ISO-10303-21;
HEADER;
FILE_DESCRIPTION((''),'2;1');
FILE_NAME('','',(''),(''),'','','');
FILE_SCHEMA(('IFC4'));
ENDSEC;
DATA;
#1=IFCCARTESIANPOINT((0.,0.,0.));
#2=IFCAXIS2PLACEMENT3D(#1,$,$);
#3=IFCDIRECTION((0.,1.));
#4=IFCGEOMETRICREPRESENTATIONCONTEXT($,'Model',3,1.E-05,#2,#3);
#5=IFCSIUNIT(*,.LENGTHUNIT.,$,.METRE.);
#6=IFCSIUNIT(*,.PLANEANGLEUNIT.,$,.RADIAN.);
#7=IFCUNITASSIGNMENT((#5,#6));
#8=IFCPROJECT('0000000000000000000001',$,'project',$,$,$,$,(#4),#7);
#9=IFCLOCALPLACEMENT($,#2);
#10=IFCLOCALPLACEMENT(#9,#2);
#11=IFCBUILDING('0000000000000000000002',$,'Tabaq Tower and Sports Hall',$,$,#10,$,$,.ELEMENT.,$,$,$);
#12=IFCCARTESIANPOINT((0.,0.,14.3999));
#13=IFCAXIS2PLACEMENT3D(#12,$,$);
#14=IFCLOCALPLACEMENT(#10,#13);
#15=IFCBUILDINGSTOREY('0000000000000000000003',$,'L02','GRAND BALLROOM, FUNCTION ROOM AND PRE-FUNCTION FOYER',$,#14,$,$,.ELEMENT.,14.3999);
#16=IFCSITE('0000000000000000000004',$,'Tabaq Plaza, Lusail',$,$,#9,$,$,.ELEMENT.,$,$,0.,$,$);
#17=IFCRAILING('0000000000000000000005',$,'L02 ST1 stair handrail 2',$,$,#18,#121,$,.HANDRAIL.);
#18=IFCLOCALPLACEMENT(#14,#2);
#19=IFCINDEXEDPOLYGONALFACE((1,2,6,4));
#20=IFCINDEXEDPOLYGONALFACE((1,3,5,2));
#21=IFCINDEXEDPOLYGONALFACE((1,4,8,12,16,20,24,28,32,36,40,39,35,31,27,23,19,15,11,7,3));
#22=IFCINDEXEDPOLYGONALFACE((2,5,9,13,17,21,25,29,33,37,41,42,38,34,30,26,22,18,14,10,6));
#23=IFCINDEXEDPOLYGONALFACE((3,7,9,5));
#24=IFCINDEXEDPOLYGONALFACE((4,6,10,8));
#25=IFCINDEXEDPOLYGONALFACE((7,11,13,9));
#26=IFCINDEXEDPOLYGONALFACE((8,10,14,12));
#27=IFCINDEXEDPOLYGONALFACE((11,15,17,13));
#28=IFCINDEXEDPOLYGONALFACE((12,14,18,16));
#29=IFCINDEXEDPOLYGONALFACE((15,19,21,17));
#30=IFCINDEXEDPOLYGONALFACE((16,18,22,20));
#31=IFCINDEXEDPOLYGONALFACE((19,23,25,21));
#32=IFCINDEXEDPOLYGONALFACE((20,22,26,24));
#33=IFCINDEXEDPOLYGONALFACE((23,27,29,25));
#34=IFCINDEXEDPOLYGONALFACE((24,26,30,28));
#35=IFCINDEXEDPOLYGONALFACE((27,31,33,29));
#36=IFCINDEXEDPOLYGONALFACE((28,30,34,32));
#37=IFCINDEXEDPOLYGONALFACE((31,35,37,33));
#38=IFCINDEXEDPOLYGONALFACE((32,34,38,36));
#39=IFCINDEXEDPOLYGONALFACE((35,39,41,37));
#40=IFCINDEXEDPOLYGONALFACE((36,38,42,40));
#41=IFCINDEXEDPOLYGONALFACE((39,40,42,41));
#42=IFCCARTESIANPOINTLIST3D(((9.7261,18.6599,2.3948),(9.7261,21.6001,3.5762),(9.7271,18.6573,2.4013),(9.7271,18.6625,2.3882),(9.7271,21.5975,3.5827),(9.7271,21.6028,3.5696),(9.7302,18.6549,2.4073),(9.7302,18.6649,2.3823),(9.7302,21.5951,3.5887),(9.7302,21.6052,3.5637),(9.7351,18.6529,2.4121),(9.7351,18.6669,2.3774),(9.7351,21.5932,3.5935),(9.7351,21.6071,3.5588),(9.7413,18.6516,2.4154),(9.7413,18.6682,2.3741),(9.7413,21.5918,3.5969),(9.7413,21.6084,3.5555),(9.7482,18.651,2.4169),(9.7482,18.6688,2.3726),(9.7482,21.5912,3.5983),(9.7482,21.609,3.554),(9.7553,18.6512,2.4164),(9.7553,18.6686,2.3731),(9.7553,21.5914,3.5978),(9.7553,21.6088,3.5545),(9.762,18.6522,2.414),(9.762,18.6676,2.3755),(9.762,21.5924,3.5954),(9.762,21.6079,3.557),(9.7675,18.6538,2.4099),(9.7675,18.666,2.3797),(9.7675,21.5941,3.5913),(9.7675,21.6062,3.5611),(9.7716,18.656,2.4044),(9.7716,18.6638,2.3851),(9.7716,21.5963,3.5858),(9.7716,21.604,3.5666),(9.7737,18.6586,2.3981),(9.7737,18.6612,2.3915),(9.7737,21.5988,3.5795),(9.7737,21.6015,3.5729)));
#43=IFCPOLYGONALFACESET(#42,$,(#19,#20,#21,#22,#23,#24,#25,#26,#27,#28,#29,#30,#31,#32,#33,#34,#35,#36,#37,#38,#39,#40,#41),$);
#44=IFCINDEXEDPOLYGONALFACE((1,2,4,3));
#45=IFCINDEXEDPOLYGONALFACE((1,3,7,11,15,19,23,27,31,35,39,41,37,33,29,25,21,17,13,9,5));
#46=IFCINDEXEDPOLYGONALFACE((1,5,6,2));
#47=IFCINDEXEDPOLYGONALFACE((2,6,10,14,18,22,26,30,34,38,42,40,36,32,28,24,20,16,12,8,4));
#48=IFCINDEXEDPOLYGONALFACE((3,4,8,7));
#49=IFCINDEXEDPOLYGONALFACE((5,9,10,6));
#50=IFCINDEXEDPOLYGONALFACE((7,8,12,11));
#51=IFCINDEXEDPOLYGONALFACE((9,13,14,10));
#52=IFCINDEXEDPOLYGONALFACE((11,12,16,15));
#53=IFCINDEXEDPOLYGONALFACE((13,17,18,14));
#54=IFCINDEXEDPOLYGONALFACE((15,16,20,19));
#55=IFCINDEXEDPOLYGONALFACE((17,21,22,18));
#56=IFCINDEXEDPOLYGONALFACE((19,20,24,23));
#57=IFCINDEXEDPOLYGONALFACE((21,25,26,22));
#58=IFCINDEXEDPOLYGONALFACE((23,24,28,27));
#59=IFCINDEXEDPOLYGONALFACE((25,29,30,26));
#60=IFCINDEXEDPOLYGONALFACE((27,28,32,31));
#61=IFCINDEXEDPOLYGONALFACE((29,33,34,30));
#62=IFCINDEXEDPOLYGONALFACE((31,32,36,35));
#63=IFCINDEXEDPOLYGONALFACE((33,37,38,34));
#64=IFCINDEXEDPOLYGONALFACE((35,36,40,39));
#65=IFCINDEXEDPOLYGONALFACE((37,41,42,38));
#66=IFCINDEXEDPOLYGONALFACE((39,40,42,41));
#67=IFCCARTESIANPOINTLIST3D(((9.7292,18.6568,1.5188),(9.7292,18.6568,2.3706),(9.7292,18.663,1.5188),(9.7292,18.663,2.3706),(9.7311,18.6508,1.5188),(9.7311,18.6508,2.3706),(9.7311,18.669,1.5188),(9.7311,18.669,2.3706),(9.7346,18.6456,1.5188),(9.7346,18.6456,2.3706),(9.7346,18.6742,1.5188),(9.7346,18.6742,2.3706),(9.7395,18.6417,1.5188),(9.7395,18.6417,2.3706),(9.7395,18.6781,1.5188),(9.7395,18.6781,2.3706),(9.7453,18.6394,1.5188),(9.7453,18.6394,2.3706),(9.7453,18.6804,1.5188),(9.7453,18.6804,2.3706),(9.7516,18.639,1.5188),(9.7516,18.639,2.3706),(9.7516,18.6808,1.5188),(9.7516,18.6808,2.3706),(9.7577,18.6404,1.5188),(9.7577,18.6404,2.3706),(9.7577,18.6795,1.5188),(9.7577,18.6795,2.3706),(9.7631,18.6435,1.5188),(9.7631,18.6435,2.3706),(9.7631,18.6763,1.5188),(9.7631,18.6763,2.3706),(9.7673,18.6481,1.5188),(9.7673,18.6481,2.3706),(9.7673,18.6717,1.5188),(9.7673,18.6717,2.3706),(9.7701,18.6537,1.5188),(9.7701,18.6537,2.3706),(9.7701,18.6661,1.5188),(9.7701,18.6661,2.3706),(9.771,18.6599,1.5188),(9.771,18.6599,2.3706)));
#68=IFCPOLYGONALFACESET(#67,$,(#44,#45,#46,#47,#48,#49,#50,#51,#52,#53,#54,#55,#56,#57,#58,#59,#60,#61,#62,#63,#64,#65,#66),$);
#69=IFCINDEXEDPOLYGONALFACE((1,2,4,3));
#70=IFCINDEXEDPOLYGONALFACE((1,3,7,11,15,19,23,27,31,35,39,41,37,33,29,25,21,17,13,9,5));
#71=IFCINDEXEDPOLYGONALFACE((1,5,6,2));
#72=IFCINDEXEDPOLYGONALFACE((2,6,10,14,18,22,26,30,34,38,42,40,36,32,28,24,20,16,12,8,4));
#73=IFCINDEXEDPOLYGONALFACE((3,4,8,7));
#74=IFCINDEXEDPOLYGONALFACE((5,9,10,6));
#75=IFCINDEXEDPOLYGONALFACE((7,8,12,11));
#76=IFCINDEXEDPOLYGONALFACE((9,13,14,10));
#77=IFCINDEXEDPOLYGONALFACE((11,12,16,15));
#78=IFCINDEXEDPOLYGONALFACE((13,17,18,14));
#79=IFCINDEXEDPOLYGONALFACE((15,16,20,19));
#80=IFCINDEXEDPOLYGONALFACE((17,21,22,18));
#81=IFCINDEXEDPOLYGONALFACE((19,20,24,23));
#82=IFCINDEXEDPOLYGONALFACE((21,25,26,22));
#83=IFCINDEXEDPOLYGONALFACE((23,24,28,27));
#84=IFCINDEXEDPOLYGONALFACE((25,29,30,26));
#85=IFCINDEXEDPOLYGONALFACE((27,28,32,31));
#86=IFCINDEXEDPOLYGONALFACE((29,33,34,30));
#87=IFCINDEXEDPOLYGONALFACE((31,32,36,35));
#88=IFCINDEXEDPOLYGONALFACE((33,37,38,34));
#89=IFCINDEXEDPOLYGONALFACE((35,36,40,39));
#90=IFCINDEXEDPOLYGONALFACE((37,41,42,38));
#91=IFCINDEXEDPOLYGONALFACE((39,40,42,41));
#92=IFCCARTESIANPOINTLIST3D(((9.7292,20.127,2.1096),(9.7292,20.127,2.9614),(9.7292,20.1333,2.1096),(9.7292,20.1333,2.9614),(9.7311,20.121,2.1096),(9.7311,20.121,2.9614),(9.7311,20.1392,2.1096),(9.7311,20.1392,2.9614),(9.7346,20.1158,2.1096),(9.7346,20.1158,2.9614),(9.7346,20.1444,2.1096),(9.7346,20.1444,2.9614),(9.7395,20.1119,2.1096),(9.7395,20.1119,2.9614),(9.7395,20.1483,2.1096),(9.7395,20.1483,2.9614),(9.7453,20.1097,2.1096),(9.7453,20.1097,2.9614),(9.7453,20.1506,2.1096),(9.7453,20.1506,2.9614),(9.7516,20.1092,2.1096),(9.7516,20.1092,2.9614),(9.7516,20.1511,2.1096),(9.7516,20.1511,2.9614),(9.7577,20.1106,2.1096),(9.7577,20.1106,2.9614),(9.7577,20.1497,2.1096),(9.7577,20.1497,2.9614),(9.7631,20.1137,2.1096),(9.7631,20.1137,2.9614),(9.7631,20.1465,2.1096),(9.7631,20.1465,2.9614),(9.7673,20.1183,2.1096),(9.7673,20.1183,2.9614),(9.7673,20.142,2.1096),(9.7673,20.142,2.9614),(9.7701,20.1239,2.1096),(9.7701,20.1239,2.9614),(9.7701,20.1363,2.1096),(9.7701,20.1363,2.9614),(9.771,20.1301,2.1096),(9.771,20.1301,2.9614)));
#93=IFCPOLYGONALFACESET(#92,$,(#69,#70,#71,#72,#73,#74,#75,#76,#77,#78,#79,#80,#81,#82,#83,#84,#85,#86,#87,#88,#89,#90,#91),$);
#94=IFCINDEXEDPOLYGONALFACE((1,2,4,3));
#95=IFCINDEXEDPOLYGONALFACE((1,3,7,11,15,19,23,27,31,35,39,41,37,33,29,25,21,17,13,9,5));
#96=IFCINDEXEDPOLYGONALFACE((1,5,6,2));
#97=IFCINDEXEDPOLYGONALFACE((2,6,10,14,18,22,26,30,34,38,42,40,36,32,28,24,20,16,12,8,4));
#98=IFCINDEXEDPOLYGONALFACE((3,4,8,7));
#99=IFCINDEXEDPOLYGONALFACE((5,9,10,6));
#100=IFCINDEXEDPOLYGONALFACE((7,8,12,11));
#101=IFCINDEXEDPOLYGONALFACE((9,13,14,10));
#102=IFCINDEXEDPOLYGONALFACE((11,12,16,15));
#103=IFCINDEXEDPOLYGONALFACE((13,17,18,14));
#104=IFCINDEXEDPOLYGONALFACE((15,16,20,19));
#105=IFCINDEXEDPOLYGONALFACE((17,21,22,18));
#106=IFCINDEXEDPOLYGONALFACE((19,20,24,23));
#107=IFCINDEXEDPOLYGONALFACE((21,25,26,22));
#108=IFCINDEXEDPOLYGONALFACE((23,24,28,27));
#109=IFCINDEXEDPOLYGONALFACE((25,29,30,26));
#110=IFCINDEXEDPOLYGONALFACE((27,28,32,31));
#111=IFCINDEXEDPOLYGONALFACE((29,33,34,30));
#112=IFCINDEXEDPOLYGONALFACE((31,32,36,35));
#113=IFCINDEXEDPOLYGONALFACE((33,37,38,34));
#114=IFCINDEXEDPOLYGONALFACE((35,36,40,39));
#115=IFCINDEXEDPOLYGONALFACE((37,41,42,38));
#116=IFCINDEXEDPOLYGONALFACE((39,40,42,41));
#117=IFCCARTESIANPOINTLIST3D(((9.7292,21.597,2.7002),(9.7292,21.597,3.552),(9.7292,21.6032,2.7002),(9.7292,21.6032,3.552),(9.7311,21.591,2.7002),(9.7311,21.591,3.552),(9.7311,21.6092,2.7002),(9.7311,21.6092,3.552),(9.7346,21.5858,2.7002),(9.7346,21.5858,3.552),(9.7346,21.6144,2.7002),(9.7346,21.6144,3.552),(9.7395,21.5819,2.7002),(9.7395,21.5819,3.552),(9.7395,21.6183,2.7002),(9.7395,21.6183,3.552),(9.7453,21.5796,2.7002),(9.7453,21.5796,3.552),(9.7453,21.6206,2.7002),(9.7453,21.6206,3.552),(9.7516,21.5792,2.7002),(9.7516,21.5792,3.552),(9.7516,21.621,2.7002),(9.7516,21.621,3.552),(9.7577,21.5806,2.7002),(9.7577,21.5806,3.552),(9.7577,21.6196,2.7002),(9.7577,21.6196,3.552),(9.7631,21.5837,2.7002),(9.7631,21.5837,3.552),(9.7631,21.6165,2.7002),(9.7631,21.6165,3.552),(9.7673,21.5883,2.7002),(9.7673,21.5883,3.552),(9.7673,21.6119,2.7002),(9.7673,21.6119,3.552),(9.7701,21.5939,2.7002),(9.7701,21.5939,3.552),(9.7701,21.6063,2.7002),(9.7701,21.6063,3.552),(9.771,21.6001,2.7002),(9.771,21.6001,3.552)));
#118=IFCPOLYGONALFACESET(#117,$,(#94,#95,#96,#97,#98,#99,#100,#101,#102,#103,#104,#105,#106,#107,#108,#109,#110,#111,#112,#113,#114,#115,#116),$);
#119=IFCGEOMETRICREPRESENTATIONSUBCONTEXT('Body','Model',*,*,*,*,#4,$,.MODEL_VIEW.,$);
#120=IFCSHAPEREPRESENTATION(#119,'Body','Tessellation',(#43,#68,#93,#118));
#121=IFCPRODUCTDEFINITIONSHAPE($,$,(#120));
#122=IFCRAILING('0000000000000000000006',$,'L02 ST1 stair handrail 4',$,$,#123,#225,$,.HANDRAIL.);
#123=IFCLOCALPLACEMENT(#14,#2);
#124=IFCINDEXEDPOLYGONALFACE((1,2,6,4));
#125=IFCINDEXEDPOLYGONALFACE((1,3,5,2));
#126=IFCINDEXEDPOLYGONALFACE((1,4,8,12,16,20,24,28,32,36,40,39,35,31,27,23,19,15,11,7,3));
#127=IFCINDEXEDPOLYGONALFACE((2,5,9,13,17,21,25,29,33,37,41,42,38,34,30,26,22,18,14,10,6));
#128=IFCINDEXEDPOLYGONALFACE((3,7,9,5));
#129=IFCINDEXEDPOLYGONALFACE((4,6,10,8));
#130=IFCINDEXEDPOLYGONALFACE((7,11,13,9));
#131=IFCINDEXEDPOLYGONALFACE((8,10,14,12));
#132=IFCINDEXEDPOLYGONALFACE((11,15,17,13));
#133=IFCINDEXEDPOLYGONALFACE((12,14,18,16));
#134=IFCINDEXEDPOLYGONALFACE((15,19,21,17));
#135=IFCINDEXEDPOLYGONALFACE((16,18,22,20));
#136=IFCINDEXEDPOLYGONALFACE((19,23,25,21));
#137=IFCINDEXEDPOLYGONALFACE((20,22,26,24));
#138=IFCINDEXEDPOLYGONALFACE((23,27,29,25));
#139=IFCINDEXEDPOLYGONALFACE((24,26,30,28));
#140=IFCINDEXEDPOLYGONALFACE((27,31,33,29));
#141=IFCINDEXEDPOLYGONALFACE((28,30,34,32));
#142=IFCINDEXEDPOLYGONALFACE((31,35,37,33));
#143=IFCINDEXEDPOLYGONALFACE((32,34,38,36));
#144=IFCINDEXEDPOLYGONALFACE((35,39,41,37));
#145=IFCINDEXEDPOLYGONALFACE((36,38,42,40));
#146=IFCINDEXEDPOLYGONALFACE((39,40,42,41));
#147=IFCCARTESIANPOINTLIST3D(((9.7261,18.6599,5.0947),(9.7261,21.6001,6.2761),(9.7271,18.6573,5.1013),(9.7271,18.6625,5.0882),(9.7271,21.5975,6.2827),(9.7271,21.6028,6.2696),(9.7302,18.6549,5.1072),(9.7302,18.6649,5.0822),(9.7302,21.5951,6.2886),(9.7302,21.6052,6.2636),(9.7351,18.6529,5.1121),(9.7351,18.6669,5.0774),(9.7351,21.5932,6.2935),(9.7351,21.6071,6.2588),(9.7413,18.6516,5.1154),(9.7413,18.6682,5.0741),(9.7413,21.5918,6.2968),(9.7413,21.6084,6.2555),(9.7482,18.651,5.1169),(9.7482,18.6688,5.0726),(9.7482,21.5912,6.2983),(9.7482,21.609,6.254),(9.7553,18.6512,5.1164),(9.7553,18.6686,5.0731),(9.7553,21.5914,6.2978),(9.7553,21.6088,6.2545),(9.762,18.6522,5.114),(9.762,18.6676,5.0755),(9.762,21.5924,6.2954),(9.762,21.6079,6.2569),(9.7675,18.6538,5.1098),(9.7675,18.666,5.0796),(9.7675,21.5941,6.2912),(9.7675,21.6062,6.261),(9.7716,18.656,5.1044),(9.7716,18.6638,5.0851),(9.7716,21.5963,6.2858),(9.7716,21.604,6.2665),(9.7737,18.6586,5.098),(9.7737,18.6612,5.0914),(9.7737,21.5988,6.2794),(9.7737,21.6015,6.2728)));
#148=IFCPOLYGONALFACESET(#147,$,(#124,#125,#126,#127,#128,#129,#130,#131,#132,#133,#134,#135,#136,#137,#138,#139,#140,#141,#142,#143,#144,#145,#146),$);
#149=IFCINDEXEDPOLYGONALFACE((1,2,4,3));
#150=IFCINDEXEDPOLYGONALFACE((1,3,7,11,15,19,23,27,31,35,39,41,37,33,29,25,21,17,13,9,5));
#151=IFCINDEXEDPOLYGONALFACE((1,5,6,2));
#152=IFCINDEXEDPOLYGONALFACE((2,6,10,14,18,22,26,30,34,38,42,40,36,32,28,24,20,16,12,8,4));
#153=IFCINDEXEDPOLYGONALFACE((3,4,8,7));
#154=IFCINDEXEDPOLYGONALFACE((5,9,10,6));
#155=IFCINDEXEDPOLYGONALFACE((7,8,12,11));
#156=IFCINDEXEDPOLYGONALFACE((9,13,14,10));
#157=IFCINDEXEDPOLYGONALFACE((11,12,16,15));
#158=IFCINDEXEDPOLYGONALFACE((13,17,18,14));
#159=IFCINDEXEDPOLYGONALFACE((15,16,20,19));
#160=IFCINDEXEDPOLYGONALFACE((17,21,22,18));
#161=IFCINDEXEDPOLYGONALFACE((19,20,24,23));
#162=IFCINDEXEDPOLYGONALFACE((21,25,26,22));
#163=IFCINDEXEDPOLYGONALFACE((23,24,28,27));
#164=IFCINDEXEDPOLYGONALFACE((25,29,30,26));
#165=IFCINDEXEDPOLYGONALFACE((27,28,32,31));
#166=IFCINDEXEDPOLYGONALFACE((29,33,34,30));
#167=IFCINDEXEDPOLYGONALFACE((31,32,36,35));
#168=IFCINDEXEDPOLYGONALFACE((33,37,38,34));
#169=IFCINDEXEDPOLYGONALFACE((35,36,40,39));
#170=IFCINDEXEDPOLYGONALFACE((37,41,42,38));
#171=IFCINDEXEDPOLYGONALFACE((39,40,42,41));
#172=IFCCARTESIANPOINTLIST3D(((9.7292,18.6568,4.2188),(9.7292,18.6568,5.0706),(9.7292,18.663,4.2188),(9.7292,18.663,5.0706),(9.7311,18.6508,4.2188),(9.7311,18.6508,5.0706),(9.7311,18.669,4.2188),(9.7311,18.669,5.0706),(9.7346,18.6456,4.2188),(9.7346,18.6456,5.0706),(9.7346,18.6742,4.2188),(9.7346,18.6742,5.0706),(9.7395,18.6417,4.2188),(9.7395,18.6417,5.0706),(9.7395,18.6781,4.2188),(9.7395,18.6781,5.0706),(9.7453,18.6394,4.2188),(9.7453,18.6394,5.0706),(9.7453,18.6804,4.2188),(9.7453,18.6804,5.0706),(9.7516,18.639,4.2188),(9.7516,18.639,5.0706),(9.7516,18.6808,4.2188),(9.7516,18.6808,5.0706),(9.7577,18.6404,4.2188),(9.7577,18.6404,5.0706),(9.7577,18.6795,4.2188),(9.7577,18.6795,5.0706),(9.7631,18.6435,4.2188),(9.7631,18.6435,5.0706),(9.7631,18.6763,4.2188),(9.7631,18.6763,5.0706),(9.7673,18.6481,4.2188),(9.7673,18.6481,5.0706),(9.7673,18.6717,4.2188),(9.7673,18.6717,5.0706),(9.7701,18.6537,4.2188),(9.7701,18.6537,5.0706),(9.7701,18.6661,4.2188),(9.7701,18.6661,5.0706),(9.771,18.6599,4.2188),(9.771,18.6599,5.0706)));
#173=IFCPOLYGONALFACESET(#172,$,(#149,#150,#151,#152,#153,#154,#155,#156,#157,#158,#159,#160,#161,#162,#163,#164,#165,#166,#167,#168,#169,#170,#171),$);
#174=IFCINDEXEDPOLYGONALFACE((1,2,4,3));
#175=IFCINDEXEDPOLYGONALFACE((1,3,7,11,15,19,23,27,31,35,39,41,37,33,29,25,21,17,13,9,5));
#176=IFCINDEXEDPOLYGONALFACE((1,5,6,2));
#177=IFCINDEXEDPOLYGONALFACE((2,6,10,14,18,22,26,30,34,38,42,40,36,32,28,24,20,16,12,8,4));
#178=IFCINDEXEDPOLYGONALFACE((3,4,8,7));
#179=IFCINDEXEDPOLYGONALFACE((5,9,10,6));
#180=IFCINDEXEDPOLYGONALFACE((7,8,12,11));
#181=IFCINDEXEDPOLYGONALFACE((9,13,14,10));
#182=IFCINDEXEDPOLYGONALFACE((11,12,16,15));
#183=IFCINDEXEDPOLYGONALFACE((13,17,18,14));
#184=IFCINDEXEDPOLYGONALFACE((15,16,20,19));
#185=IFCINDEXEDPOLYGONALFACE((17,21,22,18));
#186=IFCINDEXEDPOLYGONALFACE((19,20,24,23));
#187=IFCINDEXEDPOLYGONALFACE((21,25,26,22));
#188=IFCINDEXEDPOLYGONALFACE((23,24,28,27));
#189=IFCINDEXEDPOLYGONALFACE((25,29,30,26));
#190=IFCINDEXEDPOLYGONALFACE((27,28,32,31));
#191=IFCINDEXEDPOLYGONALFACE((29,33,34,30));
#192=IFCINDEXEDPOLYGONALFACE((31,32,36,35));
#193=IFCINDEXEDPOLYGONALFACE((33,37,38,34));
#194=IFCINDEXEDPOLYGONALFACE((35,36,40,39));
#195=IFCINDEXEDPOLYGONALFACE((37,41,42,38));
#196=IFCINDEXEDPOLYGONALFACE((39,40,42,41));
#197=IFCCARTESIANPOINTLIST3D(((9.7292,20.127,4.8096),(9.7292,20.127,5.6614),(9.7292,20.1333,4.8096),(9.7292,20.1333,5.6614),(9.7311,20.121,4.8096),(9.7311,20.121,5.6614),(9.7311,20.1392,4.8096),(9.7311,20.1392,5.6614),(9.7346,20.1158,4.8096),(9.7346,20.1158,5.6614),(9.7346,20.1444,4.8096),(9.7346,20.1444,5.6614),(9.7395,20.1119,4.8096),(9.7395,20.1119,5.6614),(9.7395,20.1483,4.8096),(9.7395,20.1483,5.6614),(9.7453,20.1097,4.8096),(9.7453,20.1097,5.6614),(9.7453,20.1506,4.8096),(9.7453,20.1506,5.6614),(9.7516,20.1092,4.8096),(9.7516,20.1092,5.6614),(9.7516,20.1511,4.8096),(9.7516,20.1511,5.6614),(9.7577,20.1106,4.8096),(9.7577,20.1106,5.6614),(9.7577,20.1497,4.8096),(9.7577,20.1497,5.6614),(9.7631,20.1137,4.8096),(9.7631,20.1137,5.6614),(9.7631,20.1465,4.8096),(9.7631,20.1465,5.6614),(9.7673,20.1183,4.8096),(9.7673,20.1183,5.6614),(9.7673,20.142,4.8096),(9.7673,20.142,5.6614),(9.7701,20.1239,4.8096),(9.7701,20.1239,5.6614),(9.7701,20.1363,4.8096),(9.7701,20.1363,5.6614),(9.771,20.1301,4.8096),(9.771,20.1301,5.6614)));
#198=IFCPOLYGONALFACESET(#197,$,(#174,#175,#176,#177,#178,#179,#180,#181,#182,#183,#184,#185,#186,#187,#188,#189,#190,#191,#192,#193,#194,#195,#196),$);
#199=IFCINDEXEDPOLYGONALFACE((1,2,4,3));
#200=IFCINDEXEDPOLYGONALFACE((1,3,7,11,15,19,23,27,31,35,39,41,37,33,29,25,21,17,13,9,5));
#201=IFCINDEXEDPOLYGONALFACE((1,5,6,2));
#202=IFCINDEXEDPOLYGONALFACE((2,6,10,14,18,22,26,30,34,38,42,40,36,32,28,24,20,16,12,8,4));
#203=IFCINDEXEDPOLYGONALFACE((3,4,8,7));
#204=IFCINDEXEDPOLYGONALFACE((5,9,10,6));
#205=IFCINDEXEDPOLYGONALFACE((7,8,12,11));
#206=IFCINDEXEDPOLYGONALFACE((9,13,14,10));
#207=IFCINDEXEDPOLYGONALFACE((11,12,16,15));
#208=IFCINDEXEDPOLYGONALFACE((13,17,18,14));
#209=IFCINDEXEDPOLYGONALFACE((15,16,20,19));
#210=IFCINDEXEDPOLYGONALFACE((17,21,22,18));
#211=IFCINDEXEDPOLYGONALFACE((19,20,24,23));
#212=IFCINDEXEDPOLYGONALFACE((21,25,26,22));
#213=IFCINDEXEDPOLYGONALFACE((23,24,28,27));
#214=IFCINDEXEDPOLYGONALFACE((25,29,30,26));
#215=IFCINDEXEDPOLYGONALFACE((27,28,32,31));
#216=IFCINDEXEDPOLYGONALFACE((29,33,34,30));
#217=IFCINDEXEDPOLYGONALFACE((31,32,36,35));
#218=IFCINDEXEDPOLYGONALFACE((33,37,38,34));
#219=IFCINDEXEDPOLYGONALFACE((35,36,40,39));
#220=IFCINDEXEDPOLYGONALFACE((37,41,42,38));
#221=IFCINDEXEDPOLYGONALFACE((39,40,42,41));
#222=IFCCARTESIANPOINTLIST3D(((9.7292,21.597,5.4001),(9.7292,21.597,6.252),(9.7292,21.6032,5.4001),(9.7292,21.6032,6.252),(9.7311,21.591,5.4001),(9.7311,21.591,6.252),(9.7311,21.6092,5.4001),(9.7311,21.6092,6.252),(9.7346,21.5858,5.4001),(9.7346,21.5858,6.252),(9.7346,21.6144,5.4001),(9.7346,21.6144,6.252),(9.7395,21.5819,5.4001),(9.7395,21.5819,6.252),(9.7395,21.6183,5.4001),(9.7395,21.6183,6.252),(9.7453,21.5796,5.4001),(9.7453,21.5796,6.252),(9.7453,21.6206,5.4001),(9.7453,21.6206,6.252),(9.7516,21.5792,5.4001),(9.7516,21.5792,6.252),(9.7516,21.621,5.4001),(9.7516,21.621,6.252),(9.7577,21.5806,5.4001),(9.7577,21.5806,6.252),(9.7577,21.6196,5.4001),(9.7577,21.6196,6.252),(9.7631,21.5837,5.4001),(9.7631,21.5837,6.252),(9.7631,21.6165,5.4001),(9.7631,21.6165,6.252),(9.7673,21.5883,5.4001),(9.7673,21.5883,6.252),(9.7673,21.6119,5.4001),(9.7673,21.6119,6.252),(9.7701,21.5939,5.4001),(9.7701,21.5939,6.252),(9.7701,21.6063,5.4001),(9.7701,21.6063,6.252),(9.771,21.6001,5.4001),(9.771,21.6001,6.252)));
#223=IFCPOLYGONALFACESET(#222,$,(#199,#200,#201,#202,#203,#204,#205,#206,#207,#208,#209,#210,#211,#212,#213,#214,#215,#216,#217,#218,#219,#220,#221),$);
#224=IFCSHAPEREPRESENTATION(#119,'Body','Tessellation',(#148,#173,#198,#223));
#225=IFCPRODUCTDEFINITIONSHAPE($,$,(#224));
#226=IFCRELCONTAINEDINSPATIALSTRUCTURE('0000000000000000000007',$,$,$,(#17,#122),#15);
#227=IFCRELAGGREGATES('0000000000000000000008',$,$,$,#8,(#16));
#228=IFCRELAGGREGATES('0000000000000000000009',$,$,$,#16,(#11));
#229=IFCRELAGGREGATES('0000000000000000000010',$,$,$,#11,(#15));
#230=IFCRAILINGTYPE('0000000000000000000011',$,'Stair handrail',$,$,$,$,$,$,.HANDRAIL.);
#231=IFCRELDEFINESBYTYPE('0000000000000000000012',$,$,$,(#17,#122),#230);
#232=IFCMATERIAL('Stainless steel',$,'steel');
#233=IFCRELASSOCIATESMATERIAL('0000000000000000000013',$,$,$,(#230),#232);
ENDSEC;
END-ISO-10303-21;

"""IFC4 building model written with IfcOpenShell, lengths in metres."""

from ifc_helpers import new_model, si_unit, direction, frame, origin, origin_2d, place, context, subcontext, project, spatial, circle, extrude, material, type_object, element, save


model = new_model("IFC4")

# Units and contexts
model_context = context("Model", 3, precision=1e-05, world=origin(), true_north=direction((0.0, 1.0)))
body_context = subcontext(model_context, "Body", "Model", "MODEL_VIEW")
ifc_project = project(units=[si_unit("LENGTHUNIT", "METRE"), si_unit("PLANEANGLEUNIT", "RADIAN")], contexts=[model_context])

# Site, building, storey
site_placement = place(None, origin())
site = spatial("IfcSite", under=ifc_project, at=site_placement, Name="Tabaq Plaza, Lusail", CompositionType="ELEMENT", RefElevation=0.0)
building_placement = place(site_placement, origin())
building = spatial("IfcBuilding", under=site, at=building_placement, Name="Tabaq Tower and Sports Hall", CompositionType="ELEMENT")
storey_placement = place(building_placement, frame((0.0, 0.0, 14.3999)))
storey = spatial("IfcBuildingStorey", under=building, at=storey_placement, Name="L02", Description="GRAND BALLROOM, FUNCTION ROOM AND PRE-FUNCTION FOYER", CompositionType="ELEMENT", Elevation=14.3999)

# Railings
ifc_material_1 = material(Name="Stainless steel", Category="steel")
railing_type_1 = type_object("IfcRailingType", Name="Stair handrail", PredefinedType="HANDRAIL", material=ifc_material_1)
for number, where, name in (
    (1, (9.75, 18.6599, 1.5188), "L02 ST1 stair handrail 2"),
    (2, (9.75, 18.6599, 4.2188), "L02 ST1 stair handrail 4"),
):
    element("IfcRailing", number, at=place(storey_placement, frame(where)), inside=storey, type_object=railing_type_1, Name=name, PredefinedType="HANDRAIL", context=body_context, shape_type="SweptSolid", body=[
        extrude(circle(Radius=0.0239, at=origin_2d()), frame((0.0, 0.0, 0.876), z_axis=(0.0, 0.927896, 0.372838), x_axis=(-1.0, 0.0, 0.0)), (0.0, 0.0, 1.0), 3.1687),
        extrude(circle(Radius=0.021, at=origin_2d()), origin(), (0.0, 0.0, 1.0), 0.8518),
        extrude(circle(Radius=0.021, at=origin_2d()), frame((0.0, 1.4702, 0.5908)), (0.0, 0.0, 1.0), 0.8518),
        extrude(circle(Radius=0.021, at=origin_2d()), frame((0.0, 2.9402, 1.1814)), (0.0, 0.0, 1.0), 0.8518),
    ])

save(model, "model.ifc")
